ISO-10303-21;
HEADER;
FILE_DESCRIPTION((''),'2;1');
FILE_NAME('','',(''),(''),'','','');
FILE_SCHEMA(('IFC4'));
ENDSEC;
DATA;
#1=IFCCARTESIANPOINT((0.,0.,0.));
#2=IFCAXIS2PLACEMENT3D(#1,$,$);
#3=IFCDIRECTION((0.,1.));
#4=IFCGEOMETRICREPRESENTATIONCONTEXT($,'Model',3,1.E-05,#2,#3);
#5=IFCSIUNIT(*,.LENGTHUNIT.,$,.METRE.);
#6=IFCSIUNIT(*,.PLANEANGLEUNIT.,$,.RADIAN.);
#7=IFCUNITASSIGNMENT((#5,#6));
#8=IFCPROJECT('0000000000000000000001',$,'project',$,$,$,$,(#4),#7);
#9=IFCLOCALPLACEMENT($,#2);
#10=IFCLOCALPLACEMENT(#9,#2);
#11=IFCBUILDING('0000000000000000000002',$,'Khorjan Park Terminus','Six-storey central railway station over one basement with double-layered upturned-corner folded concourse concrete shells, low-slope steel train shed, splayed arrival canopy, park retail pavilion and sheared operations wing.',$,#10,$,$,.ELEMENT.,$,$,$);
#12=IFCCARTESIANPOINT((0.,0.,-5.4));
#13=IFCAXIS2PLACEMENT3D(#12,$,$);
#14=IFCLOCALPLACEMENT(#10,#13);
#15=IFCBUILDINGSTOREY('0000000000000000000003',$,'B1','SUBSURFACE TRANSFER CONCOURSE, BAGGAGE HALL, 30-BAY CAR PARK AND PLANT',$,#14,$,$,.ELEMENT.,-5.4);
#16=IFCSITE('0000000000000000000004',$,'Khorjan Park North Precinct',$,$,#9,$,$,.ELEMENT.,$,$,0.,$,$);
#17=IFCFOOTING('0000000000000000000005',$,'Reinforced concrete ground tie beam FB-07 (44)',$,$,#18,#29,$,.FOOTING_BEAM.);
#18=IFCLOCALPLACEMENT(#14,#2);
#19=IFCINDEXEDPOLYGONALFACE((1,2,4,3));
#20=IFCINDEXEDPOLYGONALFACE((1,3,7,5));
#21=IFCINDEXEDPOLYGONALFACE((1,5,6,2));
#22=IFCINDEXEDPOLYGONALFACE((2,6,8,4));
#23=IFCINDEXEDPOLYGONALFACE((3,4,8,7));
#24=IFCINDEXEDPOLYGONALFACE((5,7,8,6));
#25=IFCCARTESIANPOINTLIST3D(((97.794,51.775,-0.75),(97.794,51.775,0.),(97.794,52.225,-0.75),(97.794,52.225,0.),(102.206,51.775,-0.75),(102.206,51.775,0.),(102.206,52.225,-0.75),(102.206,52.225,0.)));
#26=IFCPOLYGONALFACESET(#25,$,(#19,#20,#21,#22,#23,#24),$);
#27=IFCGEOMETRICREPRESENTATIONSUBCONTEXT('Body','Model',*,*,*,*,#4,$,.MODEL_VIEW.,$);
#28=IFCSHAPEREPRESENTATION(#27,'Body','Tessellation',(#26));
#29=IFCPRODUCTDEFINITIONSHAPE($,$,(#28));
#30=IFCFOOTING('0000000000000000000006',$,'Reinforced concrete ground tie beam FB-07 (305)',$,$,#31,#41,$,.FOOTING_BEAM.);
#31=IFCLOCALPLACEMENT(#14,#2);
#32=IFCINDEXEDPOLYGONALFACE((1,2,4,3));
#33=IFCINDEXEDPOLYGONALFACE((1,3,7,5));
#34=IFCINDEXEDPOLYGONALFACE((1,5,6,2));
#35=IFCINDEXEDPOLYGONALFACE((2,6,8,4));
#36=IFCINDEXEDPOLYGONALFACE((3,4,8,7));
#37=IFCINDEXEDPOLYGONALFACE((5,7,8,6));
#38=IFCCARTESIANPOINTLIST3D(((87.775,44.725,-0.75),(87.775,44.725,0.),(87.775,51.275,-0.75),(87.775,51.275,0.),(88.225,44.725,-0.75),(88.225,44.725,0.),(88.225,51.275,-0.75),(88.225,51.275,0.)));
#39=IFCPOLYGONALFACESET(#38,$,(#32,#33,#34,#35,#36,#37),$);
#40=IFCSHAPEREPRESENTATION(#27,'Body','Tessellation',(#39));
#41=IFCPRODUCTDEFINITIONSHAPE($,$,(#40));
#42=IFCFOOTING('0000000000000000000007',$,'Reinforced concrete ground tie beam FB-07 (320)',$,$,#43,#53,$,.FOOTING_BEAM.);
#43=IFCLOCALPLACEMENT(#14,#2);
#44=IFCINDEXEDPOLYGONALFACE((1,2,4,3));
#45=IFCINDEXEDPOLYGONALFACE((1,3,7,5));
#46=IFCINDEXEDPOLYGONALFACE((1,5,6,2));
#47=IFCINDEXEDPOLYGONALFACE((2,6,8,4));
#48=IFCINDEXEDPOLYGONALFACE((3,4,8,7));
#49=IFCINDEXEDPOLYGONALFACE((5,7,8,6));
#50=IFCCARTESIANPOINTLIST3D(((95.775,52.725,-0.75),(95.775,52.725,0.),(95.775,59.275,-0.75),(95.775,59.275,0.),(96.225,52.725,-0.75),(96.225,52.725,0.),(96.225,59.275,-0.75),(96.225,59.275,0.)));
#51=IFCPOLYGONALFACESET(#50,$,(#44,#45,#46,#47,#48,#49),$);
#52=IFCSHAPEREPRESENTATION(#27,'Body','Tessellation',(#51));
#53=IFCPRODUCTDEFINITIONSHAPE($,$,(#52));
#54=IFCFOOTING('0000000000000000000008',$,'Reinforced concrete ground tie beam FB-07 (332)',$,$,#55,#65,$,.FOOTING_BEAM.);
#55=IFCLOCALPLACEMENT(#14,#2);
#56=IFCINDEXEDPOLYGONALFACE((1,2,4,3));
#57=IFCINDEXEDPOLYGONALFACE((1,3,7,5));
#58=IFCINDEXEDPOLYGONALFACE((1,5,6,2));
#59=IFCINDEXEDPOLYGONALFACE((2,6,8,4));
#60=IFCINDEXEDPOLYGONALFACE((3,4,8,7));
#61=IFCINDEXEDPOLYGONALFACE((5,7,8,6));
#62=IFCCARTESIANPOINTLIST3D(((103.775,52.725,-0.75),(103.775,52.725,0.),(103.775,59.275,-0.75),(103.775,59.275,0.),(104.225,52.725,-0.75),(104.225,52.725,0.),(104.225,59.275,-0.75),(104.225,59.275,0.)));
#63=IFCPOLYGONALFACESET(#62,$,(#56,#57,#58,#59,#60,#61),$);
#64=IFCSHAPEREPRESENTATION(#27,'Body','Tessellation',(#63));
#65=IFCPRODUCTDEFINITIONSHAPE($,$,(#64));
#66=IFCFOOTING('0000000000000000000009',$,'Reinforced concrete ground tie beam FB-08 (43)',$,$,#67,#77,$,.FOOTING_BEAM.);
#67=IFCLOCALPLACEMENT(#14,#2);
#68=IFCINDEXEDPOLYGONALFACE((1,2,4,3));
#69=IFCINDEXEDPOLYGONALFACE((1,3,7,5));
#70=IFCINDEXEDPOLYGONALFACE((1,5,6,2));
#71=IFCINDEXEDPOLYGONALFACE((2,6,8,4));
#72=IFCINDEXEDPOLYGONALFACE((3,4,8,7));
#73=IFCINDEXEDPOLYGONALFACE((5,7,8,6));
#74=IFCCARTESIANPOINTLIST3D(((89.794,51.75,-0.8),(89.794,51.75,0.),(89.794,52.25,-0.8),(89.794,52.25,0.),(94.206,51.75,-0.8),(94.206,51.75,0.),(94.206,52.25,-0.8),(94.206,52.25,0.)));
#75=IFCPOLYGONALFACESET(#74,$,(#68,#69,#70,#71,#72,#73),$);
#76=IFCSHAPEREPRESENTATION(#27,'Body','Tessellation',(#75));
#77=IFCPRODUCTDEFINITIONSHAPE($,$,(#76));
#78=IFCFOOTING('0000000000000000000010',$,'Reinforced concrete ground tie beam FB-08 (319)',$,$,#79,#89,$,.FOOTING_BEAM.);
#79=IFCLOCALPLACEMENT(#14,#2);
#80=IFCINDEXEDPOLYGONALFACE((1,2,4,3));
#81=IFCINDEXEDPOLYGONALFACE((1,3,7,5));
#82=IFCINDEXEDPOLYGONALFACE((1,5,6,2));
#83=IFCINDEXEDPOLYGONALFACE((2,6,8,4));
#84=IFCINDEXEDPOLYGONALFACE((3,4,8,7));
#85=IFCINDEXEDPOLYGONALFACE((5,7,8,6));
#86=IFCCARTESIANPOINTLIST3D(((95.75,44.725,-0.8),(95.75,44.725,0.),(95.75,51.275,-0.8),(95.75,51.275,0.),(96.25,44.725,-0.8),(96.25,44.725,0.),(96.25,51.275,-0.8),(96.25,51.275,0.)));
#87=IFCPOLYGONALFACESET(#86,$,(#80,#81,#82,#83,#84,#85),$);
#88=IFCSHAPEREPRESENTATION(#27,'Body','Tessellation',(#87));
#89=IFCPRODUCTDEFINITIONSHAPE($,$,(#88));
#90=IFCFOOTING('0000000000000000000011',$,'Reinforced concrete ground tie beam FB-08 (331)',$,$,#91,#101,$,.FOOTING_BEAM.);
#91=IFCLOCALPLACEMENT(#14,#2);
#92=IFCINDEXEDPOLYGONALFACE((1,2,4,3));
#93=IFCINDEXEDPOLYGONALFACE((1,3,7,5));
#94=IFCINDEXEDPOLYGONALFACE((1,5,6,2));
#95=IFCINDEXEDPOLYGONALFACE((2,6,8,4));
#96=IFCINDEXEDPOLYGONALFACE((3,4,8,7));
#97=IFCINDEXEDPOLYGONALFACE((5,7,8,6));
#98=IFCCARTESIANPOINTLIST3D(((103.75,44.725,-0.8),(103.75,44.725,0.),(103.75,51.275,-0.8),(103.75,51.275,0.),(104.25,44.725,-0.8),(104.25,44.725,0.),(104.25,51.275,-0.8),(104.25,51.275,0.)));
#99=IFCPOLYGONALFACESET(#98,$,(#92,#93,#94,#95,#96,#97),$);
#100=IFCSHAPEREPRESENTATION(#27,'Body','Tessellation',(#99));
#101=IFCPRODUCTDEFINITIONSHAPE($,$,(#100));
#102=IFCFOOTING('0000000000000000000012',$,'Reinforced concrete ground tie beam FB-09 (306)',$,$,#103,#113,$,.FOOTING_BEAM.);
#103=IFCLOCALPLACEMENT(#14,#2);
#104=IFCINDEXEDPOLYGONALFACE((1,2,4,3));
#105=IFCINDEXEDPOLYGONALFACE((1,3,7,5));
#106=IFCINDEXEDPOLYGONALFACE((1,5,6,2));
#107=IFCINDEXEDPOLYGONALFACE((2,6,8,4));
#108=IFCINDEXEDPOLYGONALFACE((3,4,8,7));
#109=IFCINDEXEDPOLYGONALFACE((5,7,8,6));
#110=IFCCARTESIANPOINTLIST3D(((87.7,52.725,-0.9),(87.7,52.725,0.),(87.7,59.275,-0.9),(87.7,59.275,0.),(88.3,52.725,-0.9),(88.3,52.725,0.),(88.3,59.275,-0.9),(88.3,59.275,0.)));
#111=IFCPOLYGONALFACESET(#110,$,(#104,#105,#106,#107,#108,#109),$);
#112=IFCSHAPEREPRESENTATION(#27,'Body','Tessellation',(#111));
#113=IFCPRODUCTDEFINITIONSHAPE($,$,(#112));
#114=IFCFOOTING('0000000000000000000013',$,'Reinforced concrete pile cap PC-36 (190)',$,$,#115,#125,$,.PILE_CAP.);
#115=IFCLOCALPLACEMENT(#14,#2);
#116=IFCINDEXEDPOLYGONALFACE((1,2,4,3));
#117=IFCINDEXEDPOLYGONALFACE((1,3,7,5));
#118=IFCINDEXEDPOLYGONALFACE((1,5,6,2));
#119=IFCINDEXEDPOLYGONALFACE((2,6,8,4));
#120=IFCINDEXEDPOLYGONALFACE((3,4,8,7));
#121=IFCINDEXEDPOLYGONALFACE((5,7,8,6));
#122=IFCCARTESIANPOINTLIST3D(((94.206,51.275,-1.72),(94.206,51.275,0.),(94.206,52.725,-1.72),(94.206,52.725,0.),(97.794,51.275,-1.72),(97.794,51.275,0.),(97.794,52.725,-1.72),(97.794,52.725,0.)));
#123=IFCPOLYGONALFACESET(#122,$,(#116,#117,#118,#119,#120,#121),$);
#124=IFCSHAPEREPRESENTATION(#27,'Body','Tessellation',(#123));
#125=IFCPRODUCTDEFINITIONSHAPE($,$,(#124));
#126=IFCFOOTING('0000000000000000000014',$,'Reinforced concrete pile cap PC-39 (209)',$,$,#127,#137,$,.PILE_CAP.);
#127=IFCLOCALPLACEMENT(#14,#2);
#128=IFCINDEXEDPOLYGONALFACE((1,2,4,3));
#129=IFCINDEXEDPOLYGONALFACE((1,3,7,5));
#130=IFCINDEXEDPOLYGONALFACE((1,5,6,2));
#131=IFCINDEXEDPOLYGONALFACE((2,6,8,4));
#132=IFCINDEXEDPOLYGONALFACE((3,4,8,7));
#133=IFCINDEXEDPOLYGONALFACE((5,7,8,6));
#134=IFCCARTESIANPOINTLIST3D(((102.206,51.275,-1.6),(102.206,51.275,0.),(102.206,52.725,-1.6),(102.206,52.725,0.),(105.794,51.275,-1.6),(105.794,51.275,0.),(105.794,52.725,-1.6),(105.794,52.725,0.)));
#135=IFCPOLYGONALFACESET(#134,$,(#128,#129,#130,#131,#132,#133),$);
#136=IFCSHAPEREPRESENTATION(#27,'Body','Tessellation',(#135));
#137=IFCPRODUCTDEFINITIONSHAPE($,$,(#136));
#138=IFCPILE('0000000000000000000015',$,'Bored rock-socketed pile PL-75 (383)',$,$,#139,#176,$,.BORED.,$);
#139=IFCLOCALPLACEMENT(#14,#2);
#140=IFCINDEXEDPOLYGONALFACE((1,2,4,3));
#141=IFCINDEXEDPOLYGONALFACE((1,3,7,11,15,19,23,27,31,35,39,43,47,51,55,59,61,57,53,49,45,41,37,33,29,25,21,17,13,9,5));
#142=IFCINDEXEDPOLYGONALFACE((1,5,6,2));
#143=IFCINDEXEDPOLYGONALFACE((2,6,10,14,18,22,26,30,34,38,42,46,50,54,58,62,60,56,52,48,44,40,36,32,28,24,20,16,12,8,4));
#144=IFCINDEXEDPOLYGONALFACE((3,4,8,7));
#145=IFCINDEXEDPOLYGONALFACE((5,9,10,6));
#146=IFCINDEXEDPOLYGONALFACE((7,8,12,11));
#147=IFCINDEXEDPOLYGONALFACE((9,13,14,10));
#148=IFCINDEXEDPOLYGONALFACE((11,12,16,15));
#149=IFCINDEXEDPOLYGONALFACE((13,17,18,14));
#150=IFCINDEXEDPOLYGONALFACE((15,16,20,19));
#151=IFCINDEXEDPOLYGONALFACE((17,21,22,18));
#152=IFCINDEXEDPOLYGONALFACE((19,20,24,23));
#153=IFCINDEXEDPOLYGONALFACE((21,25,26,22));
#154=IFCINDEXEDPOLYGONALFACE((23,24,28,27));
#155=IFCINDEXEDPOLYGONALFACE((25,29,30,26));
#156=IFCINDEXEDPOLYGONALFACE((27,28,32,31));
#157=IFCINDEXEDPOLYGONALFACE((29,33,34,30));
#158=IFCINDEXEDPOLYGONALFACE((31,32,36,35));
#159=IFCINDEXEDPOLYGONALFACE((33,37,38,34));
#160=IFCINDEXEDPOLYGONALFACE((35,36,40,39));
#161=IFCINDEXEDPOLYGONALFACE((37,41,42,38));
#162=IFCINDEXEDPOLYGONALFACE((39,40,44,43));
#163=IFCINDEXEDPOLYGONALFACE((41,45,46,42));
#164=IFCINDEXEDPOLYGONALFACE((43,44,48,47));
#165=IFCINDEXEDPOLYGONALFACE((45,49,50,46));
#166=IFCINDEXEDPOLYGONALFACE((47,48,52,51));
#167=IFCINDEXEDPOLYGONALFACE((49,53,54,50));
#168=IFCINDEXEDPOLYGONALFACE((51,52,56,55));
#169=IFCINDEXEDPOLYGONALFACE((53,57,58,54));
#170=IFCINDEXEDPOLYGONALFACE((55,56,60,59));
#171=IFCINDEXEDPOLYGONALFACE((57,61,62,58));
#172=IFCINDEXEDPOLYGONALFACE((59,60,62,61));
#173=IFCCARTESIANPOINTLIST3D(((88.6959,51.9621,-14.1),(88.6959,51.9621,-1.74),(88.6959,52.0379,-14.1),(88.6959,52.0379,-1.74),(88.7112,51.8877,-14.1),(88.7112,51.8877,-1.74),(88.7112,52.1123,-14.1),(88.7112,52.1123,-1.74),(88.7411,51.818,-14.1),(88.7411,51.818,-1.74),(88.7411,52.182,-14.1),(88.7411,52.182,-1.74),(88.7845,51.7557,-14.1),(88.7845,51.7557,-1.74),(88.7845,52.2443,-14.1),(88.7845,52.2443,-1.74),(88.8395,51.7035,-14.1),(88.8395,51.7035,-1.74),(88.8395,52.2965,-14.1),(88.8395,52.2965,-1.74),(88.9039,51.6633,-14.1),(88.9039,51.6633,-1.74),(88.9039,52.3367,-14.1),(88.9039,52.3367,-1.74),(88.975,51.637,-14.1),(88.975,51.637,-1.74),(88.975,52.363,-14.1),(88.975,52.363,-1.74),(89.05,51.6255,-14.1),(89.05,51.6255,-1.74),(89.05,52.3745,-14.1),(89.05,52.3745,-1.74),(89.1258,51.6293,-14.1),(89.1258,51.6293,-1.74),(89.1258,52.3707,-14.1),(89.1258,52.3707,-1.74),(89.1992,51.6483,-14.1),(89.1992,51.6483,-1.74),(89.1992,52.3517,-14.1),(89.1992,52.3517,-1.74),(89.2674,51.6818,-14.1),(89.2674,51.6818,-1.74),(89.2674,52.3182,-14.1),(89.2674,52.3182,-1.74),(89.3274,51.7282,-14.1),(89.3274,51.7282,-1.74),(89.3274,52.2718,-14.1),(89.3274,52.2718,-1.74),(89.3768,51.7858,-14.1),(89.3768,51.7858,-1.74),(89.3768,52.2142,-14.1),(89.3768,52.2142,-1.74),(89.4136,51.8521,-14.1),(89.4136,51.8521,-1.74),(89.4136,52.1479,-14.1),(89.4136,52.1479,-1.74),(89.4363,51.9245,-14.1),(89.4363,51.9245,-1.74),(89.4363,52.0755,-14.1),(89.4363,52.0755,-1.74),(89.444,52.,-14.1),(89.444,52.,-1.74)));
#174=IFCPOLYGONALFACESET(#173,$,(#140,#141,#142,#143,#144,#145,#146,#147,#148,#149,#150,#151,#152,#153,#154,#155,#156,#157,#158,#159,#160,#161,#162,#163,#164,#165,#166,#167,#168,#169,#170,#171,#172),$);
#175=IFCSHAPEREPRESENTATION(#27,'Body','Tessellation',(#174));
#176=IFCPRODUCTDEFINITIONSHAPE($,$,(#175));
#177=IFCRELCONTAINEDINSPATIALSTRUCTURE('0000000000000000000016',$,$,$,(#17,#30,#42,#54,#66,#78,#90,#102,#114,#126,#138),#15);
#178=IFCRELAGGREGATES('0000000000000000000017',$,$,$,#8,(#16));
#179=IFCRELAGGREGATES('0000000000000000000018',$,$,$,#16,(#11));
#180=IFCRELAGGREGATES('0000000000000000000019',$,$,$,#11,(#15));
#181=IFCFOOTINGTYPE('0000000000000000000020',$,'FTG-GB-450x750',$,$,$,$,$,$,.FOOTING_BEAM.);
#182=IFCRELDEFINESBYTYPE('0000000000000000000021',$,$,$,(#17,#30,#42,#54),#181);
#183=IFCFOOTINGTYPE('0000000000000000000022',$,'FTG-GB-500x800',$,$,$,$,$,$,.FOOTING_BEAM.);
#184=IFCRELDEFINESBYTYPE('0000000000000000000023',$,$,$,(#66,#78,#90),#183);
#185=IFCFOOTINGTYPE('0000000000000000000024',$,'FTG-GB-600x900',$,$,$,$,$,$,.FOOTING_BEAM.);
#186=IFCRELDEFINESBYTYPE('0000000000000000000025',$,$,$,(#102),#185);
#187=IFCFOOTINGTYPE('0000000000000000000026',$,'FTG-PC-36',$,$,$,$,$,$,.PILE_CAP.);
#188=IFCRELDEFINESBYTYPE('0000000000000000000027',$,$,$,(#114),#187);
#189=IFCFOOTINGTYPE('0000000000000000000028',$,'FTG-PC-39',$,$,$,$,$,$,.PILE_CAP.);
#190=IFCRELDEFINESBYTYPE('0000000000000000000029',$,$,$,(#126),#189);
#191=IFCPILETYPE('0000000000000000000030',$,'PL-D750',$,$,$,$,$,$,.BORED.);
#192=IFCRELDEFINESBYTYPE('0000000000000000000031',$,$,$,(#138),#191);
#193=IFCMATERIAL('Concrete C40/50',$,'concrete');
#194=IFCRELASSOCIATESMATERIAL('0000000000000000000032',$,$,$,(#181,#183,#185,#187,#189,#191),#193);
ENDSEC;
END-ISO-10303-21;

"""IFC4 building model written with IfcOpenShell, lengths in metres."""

from ifc_helpers import new_model, si_unit, direction, frame, origin, origin_2d, place, context, subcontext, project, spatial, rectangle, circle, extrude, material, material_profile, profile_set, type_object, element, save


model = new_model("IFC4")

# Units and contexts
model_context = context("Model", 3, precision=1e-05, world=origin(), true_north=direction((0.0, 1.0)))
body_context = subcontext(model_context, "Body", "Model", "MODEL_VIEW")
ifc_project = project(units=[si_unit("LENGTHUNIT", "METRE"), si_unit("PLANEANGLEUNIT", "RADIAN")], contexts=[model_context])

# Site, building, storey
site_placement = place(None, origin())
site = spatial("IfcSite", under=ifc_project, at=site_placement, Name="Khorjan Park North Precinct", CompositionType="ELEMENT", RefElevation=0.0)
building_placement = place(site_placement, origin())
building = spatial("IfcBuilding", under=site, at=building_placement, Name="Khorjan Park Terminus", Description="Six-storey central railway station over one basement with double-layered upturned-corner folded concourse concrete shells, low-slope steel train shed, splayed arrival canopy, park retail pavilion and sheared operations wing.", CompositionType="ELEMENT")
storey_placement = place(building_placement, frame((0.0, 0.0, -5.4)))
storey = spatial("IfcBuildingStorey", under=building, at=storey_placement, Name="B1", Description="SUBSURFACE TRANSFER CONCOURSE, BAGGAGE HALL, 30-BAY CAR PARK AND PLANT", CompositionType="ELEMENT", Elevation=-5.4)

# Footings
ifc_material_1 = material(Name="Concrete C40/50", Category="concrete")
ifc_material_profile_1 = material_profile(ifc_material_1, rectangle(XDim=0.45, YDim=0.75, at=origin_2d()), Name="RC 450x750")
ifc_profile_set_1 = profile_set([ifc_material_profile_1], Name="Concrete C40/50")
footing_type_1 = type_object("IfcFootingType", Name="FTG-GB-450x750", PredefinedType="FOOTING_BEAM", material=ifc_profile_set_1)
footing_1_placement = place(storey_placement, frame((97.794, 52.0, -0.375), z_axis=(1.0, 0.0, 0.0), x_axis=(0.0, 1.0, 0.0)))
element("IfcFooting", 1, at=footing_1_placement, inside=storey, type_object=footing_type_1, Name="Reinforced concrete ground tie beam FB-07 (44)", PredefinedType="FOOTING_BEAM", context=body_context, shape_type="SweptSolid", body=[
    extrude(rectangle(XDim=0.45, YDim=0.75, at=origin_2d()), origin(), (0.0, 0.0, 1.0), 4.412),
])
for number, where, z_axis, x_axis, name in (
    (2, (88.0, 44.725, -0.375), (0.0, 1.0, 0.0), (-1.0, 0.0, 0.0), "Reinforced concrete ground tie beam FB-07 (305)"),
    (3, (96.0, 52.725, -0.375), (0.0, 1.0, 0.0), (-1.0, 0.0, 0.0), "Reinforced concrete ground tie beam FB-07 (320)"),
    (4, (104.0, 52.725, -0.375), (0.0, 1.0, 0.0), (-1.0, 0.0, 0.0), "Reinforced concrete ground tie beam FB-07 (332)"),
):
    element("IfcFooting", number, at=place(storey_placement, frame(where, z_axis=z_axis, x_axis=x_axis)), inside=storey, type_object=footing_type_1, Name=name, PredefinedType="FOOTING_BEAM", context=body_context, shape_type="SweptSolid", body=[
        extrude(rectangle(XDim=0.45, YDim=0.75, at=origin_2d()), origin(), (0.0, 0.0, 1.0), 6.55),
    ])
ifc_material_profile_2 = material_profile(ifc_material_1, rectangle(XDim=0.5, YDim=0.8, at=origin_2d()), Name="RC 500x800")
ifc_profile_set_2 = profile_set([ifc_material_profile_2], Name="Concrete C40/50")
footing_type_2 = type_object("IfcFootingType", Name="FTG-GB-500x800", PredefinedType="FOOTING_BEAM", material=ifc_profile_set_2)
footing_2_placement = place(storey_placement, frame((89.794, 52.0, -0.4), z_axis=(1.0, 0.0, 0.0), x_axis=(0.0, 1.0, 0.0)))
element("IfcFooting", 5, at=footing_2_placement, inside=storey, type_object=footing_type_2, Name="Reinforced concrete ground tie beam FB-08 (43)", PredefinedType="FOOTING_BEAM", context=body_context, shape_type="SweptSolid", body=[
    extrude(rectangle(XDim=0.5, YDim=0.8, at=origin_2d()), origin(), (0.0, 0.0, 1.0), 4.412),
])
for number, where, z_axis, x_axis, name in (
    (6, (96.0, 44.725, -0.4), (0.0, 1.0, 0.0), (-1.0, 0.0, 0.0), "Reinforced concrete ground tie beam FB-08 (319)"),
    (7, (104.0, 44.725, -0.4), (0.0, 1.0, 0.0), (-1.0, 0.0, 0.0), "Reinforced concrete ground tie beam FB-08 (331)"),
):
    element("IfcFooting", number, at=place(storey_placement, frame(where, z_axis=z_axis, x_axis=x_axis)), inside=storey, type_object=footing_type_2, Name=name, PredefinedType="FOOTING_BEAM", context=body_context, shape_type="SweptSolid", body=[
        extrude(rectangle(XDim=0.5, YDim=0.8, at=origin_2d()), origin(), (0.0, 0.0, 1.0), 6.55),
    ])
ifc_material_profile_3 = material_profile(ifc_material_1, rectangle(XDim=0.6, YDim=0.9, at=origin_2d()), Name="RC 600x900")
ifc_profile_set_3 = profile_set([ifc_material_profile_3], Name="Concrete C40/50")
footing_type_3 = type_object("IfcFootingType", Name="FTG-GB-600x900", PredefinedType="FOOTING_BEAM", material=ifc_profile_set_3)
footing_3_placement = place(storey_placement, frame((88.0, 52.725, -0.45), z_axis=(0.0, 1.0, 0.0), x_axis=(-1.0, 0.0, 0.0)))
element("IfcFooting", 8, at=footing_3_placement, inside=storey, type_object=footing_type_3, Name="Reinforced concrete ground tie beam FB-09 (306)", PredefinedType="FOOTING_BEAM", context=body_context, shape_type="SweptSolid", body=[
    extrude(rectangle(XDim=0.6, YDim=0.9, at=origin_2d()), origin(), (0.0, 0.0, 1.0), 6.55),
])
footing_type_4 = type_object("IfcFootingType", Name="FTG-PC-36", PredefinedType="PILE_CAP", material=ifc_material_1)
footing_4_placement = place(storey_placement, frame((96.0, 52.0, -1.72), z_axis=(0.0, 0.0, 1.0), x_axis=(1.0, 0.0, 0.0)))
element("IfcFooting", 9, at=footing_4_placement, inside=storey, type_object=footing_type_4, Name="Reinforced concrete pile cap PC-36 (190)", PredefinedType="PILE_CAP", context=body_context, shape_type="SweptSolid", body=[
    extrude(rectangle(XDim=3.588, YDim=1.45, at=origin_2d()), origin(), (0.0, 0.0, 1.0), 1.72),
])
footing_type_5 = type_object("IfcFootingType", Name="FTG-PC-39", PredefinedType="PILE_CAP", material=ifc_material_1)
footing_5_placement = place(storey_placement, frame((104.0, 52.0, -1.6), z_axis=(0.0, 0.0, 1.0), x_axis=(1.0, 0.0, 0.0)))
element("IfcFooting", 10, at=footing_5_placement, inside=storey, type_object=footing_type_5, Name="Reinforced concrete pile cap PC-39 (209)", PredefinedType="PILE_CAP", context=body_context, shape_type="SweptSolid", body=[
    extrude(rectangle(XDim=3.588, YDim=1.45, at=origin_2d()), origin(), (0.0, 0.0, 1.0), 1.6),
])

# Pile
ifc_material_profile_4 = material_profile(ifc_material_1, circle(Radius=0.375, at=origin_2d()), Name="BORED D750")
ifc_profile_set_4 = profile_set([ifc_material_profile_4], Name="Concrete C40/50")
pile_type = type_object("IfcPileType", Name="PL-D750", PredefinedType="BORED", material=ifc_profile_set_4)
pile_1_placement = place(storey_placement, frame((89.069, 52.0, -1.74), z_axis=(0.0, 0.0, -1.0), x_axis=(1.0, 0.0, 0.0)))
element("IfcPile", 11, at=pile_1_placement, inside=storey, type_object=pile_type, Name="Bored rock-socketed pile PL-75 (383)", PredefinedType="BORED", context=body_context, shape_type="SweptSolid", body=[
    extrude(circle(Radius=0.375, at=origin_2d()), origin(), (0.0, 0.0, 1.0), 12.36),
])

save(model, "model.ifc")
